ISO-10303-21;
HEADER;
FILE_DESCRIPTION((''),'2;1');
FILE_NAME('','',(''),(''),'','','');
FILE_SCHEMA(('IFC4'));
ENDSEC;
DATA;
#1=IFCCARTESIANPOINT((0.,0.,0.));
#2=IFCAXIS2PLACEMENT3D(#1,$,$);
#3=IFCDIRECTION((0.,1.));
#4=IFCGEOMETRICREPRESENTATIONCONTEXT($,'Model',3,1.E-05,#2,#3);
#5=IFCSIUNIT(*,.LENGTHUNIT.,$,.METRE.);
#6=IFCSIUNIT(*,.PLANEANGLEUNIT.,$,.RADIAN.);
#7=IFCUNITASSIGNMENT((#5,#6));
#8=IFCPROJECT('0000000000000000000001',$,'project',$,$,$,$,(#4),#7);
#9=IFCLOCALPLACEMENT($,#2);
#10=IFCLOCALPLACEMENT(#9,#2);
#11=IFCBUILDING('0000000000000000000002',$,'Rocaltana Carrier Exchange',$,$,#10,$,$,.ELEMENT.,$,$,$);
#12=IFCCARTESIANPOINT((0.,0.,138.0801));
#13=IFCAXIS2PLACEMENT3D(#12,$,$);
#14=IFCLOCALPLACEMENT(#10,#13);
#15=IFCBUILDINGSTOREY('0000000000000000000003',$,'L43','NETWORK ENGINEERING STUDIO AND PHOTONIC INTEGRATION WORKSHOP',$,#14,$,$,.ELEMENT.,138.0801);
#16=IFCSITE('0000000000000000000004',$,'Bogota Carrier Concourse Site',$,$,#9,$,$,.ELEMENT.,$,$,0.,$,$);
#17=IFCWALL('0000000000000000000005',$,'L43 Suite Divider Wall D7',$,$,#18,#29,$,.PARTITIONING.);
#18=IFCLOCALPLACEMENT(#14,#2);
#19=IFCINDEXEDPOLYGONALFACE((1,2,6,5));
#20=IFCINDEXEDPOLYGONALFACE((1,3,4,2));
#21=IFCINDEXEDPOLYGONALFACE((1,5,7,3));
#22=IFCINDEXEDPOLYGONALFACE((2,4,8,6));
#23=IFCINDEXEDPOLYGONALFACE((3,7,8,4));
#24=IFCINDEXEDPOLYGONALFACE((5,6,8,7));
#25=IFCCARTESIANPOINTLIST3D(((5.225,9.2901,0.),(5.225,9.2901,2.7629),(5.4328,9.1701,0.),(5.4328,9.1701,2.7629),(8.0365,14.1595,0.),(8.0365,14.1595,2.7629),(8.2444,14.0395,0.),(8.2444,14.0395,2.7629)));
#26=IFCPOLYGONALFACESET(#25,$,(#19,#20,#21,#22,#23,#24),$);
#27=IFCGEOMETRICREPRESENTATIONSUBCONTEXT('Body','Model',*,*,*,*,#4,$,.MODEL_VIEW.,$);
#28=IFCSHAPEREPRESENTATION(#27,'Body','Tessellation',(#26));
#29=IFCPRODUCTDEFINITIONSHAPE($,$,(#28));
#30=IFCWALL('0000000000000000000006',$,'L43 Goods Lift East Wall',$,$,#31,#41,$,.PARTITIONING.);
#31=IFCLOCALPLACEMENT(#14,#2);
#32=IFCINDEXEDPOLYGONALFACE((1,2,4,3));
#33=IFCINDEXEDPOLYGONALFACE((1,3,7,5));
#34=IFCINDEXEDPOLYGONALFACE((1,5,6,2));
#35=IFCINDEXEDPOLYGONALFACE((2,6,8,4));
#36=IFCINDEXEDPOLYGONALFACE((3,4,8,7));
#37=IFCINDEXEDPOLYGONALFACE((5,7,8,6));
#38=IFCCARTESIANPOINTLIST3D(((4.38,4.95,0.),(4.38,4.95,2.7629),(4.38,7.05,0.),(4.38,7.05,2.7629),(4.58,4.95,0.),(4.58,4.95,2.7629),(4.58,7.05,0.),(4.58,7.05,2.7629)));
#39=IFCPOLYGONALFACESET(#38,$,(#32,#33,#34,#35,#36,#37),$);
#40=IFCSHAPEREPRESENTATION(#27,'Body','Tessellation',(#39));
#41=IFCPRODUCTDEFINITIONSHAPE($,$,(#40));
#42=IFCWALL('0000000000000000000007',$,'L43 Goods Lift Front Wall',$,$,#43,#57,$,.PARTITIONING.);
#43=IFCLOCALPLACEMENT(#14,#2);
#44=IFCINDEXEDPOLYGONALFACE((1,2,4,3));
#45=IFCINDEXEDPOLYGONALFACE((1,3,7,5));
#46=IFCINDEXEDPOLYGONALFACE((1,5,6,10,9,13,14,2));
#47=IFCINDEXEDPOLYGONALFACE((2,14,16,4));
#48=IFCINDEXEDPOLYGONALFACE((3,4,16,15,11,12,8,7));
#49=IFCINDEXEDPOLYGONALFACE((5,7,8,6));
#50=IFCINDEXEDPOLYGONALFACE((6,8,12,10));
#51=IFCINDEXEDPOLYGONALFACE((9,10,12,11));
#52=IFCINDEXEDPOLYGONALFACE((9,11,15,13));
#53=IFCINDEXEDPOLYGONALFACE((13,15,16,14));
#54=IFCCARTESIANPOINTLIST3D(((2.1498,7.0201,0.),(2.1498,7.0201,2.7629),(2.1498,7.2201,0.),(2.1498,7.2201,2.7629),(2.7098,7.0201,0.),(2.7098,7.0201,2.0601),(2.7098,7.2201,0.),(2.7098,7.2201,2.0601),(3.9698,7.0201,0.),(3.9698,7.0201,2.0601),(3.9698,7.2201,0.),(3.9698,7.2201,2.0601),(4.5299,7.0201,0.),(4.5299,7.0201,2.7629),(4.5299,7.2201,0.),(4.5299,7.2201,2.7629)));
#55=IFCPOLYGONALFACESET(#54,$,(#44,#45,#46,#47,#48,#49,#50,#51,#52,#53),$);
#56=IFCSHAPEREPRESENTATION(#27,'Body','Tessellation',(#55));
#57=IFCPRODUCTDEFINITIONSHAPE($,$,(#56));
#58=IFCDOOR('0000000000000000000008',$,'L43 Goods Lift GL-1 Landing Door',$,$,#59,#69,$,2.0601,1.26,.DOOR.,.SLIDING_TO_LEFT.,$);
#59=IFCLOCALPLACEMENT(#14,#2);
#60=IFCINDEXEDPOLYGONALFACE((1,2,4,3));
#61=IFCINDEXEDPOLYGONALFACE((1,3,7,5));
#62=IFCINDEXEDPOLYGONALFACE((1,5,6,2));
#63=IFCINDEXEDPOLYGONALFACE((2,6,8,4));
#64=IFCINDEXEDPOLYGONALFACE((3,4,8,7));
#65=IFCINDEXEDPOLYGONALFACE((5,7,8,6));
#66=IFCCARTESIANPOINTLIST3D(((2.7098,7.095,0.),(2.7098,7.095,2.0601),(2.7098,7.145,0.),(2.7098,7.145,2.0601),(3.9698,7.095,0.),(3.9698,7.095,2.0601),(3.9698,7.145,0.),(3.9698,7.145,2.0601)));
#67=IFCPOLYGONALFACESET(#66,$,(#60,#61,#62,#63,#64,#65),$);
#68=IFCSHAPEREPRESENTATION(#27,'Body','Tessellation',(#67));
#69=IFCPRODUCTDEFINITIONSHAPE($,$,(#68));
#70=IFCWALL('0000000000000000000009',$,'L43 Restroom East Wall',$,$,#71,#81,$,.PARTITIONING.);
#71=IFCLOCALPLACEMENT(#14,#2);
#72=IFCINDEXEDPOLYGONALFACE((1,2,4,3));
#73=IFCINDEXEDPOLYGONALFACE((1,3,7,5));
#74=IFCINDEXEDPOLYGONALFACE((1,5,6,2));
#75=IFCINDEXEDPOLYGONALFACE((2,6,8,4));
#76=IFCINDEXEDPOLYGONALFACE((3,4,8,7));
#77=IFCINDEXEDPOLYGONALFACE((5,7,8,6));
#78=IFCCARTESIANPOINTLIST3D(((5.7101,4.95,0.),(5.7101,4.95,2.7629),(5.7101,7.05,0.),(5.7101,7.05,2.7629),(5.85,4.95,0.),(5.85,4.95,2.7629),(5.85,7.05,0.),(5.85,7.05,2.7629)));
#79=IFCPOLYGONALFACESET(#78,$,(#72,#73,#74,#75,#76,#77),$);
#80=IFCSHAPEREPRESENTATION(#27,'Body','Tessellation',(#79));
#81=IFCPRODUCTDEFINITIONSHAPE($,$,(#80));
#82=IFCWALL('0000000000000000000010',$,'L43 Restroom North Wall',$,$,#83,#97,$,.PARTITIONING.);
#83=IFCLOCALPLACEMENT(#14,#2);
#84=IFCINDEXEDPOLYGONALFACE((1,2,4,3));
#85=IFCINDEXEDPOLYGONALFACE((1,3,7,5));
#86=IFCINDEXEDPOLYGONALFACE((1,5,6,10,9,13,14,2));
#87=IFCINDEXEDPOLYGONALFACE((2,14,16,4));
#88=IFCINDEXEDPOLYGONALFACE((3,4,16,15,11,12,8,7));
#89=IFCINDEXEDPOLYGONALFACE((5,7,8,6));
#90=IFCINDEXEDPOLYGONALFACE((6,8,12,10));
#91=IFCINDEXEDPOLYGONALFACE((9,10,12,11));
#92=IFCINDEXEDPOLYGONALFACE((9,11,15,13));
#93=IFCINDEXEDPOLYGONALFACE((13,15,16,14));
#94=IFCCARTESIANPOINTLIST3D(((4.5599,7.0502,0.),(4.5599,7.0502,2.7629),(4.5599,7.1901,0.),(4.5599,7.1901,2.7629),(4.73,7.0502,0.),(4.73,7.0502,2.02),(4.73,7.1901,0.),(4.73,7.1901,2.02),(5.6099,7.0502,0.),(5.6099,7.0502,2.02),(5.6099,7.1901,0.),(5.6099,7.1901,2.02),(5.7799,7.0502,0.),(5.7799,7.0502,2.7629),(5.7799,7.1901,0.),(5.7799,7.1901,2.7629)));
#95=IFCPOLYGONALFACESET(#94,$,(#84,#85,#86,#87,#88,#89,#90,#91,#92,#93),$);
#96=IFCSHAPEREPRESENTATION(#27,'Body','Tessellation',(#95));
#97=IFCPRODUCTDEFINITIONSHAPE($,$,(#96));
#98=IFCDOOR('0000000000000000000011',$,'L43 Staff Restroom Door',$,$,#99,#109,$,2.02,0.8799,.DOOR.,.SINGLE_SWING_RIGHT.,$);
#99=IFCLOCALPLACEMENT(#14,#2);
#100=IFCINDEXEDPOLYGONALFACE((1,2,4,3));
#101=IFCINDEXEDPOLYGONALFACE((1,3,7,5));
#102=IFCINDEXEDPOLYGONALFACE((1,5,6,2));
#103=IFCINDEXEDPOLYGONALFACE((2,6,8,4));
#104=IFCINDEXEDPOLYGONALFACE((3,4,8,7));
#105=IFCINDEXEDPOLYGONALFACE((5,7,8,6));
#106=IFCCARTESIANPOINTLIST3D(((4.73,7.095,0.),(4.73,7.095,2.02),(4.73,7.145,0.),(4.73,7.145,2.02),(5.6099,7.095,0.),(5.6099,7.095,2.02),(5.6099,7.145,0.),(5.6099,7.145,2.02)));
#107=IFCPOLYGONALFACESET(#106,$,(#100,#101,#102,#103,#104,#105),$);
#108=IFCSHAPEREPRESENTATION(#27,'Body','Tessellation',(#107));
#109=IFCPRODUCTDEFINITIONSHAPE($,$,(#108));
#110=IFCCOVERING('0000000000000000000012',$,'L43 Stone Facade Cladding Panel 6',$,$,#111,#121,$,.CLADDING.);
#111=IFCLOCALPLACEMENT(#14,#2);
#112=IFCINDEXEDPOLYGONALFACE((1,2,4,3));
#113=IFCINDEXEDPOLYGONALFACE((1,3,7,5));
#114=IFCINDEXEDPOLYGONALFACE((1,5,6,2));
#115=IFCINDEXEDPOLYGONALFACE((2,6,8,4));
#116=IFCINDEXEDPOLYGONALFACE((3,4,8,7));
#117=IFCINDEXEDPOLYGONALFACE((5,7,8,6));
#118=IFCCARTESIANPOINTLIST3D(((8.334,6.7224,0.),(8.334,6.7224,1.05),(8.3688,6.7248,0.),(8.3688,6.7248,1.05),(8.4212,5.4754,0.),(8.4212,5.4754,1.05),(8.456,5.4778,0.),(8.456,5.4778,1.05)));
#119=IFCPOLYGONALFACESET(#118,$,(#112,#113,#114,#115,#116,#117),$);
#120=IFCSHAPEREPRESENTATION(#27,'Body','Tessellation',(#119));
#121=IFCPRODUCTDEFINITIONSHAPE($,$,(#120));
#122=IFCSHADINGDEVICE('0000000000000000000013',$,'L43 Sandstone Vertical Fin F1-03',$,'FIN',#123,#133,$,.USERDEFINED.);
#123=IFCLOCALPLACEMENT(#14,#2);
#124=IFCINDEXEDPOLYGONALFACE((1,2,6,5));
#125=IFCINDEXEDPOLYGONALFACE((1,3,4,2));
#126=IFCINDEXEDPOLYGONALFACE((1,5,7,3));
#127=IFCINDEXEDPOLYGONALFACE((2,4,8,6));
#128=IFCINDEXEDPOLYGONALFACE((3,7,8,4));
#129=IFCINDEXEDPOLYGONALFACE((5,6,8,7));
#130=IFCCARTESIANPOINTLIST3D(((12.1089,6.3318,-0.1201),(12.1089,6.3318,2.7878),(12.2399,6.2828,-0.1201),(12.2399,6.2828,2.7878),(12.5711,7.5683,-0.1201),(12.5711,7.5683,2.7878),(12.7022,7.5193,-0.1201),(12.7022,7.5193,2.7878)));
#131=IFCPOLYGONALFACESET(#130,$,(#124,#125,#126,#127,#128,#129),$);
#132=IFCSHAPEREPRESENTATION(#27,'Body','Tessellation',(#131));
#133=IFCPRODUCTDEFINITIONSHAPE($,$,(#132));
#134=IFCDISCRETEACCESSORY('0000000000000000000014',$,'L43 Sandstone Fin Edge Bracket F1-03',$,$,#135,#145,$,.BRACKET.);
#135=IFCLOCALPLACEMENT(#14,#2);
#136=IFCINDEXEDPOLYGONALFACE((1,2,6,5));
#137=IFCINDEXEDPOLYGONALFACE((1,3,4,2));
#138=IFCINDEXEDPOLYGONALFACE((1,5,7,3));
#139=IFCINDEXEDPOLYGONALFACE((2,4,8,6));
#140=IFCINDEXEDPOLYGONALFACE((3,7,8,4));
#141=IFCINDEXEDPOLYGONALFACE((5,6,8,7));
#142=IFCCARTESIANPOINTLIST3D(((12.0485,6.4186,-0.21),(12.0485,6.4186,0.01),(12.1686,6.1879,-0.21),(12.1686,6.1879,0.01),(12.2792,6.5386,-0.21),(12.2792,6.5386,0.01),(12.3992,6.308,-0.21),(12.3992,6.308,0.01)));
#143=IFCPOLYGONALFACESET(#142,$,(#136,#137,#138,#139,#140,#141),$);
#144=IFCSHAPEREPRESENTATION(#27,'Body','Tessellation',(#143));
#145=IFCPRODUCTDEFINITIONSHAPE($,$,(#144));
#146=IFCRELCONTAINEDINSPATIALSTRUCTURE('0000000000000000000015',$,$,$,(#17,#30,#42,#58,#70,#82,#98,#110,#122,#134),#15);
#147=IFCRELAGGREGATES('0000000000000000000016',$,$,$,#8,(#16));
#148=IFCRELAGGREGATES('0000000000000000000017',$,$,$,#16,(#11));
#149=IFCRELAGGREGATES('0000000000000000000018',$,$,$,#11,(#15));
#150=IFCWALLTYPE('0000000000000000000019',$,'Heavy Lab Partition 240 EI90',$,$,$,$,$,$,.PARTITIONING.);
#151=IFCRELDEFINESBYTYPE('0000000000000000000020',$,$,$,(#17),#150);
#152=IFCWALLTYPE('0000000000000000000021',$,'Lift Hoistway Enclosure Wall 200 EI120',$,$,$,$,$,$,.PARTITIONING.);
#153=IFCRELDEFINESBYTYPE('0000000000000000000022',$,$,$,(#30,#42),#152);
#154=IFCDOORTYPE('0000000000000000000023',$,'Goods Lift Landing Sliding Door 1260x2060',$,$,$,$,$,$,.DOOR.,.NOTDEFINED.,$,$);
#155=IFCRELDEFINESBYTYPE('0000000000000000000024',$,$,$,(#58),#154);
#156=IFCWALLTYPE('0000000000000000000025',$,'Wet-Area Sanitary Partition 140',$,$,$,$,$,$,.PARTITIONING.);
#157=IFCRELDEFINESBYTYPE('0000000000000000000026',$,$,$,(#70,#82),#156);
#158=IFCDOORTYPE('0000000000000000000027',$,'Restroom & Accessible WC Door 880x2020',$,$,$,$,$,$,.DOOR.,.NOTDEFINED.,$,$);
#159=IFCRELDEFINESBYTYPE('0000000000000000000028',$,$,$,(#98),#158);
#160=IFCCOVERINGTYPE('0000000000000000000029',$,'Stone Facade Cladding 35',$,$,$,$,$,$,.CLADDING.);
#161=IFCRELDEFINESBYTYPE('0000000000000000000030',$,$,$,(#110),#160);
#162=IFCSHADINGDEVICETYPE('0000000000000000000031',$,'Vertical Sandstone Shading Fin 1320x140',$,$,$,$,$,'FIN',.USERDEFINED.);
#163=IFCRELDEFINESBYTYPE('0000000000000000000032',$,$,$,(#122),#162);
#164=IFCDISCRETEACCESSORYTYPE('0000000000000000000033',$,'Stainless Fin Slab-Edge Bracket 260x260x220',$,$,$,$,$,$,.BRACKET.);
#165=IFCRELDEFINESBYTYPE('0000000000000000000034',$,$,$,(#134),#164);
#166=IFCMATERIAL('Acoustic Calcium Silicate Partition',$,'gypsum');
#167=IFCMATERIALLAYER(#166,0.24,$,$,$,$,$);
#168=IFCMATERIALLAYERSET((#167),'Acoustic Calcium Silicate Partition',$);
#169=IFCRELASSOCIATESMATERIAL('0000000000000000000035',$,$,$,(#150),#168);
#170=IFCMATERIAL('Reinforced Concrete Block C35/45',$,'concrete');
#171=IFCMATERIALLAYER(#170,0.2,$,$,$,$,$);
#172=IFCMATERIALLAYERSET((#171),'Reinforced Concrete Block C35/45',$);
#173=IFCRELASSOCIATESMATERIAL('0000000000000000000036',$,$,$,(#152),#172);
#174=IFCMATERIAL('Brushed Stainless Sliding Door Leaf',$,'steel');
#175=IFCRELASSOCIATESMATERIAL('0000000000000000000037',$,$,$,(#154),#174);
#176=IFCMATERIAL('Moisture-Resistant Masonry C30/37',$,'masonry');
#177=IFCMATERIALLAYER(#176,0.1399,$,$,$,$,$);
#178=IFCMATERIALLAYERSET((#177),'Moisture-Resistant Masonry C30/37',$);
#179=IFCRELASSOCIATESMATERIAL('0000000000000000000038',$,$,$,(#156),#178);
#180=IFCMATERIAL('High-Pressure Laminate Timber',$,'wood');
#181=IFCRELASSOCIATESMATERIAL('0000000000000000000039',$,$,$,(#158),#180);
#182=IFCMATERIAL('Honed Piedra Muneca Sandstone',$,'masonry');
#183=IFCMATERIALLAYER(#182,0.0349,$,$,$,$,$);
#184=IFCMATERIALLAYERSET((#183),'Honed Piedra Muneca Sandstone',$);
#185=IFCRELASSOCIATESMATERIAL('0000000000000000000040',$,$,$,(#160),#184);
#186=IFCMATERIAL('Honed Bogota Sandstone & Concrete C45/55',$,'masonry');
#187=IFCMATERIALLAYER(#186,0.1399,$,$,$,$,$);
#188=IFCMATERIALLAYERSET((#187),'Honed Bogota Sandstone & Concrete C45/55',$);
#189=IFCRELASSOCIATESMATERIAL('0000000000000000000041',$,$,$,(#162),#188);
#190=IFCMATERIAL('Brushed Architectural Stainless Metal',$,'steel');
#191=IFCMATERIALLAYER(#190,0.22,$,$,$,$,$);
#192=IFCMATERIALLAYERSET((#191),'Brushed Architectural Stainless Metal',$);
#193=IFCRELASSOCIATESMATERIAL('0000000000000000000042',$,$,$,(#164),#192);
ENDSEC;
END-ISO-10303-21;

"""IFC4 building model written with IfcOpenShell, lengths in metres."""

from ifc_helpers import new_model, si_unit, direction, frame, frame_2d, origin, origin_2d, place, context, subcontext, project, spatial, rectangle, extrude, material, layer, layer_set, type_object, element, fill, save


model = new_model("IFC4")

# Units and contexts
model_context = context("Model", 3, precision=1e-05, world=origin(), true_north=direction((0.0, 1.0)))
body_context = subcontext(model_context, "Body", "Model", "MODEL_VIEW")
ifc_project = project(units=[si_unit("LENGTHUNIT", "METRE"), si_unit("PLANEANGLEUNIT", "RADIAN")], contexts=[model_context])

# Site, building, storey
site_placement = place(None, origin())
site = spatial("IfcSite", under=ifc_project, at=site_placement, Name="Bogota Carrier Concourse Site", CompositionType="ELEMENT", RefElevation=0.0)
building_placement = place(site_placement, origin())
building = spatial("IfcBuilding", under=site, at=building_placement, Name="Rocaltana Carrier Exchange", CompositionType="ELEMENT")
storey_placement = place(building_placement, frame((0.0, 0.0, 138.0801)))
storey = spatial("IfcBuildingStorey", under=building, at=storey_placement, Name="L43", Description="NETWORK ENGINEERING STUDIO AND PHOTONIC INTEGRATION WORKSHOP", CompositionType="ELEMENT", Elevation=138.0801)

# Walls
ifc_material_1 = material(Name="Acoustic Calcium Silicate Partition", Category="gypsum")
ifc_layer_1 = layer(ifc_material_1, 0.24)
ifc_layer_set_1 = layer_set([ifc_layer_1], Name="Acoustic Calcium Silicate Partition")
wall_type_1 = type_object("IfcWallType", Name="Heavy Lab Partition 240 EI90", PredefinedType="PARTITIONING", material=ifc_layer_set_1)
wall_1_placement = place(storey_placement, frame((5.3289, 9.23, 0.0), z_axis=(0.0, 0.0, 1.0), x_axis=(0.500024, 0.866011, 0.0)))
element("IfcWall", 1, at=wall_1_placement, inside=storey, type_object=wall_type_1, Name="L43 Suite Divider Wall D7", PredefinedType="PARTITIONING", context=body_context, shape_type="SweptSolid", body=[
    extrude(rectangle(XDim=5.6228, YDim=0.24, at=frame_2d((2.8115, 0.0))), origin(), (0.0, 0.0, 1.0), 2.7629),
])
ifc_material_2 = material(Name="Reinforced Concrete Block C35/45", Category="concrete")
ifc_layer_2 = layer(ifc_material_2, 0.2)
ifc_layer_set_2 = layer_set([ifc_layer_2], Name="Reinforced Concrete Block C35/45")
wall_type_2 = type_object("IfcWallType", Name="Lift Hoistway Enclosure Wall 200 EI120", PredefinedType="PARTITIONING", material=ifc_layer_set_2)
wall_2_placement = place(storey_placement, frame((4.48, 4.95, 0.0), z_axis=(0.0, 0.0, 1.0), x_axis=(0.0, 1.0, 0.0)))
element("IfcWall", 2, at=wall_2_placement, inside=storey, type_object=wall_type_2, Name="L43 Goods Lift East Wall", PredefinedType="PARTITIONING", context=body_context, shape_type="SweptSolid", body=[
    extrude(rectangle(XDim=2.1001, YDim=0.2, at=frame_2d((1.05, 0.0))), origin(), (0.0, 0.0, 1.0), 2.7629),
])

# Wall, opening, door
wall_3_placement = place(storey_placement, frame((2.1499, 7.1201, 0.0), z_axis=(0.0, 0.0, 1.0), x_axis=(1.0, 0.0, 0.0)))
wall_3 = element("IfcWall", 3, at=wall_3_placement, inside=storey, type_object=wall_type_2, Name="L43 Goods Lift Front Wall", PredefinedType="PARTITIONING", context=body_context, shape_type="SweptSolid", body=[
    extrude(rectangle(XDim=2.3801, YDim=0.2, at=frame_2d((1.1899, 0.0))), origin(), (0.0, 0.0, 1.0), 2.7629),
])
opening_1_placement = place(wall_3_placement, frame((0.5601, 0.0, 0.0)))
opening_1 = element("IfcOpeningElement", 4, at=opening_1_placement, cuts=wall_3, PredefinedType="OPENING", context=body_context, shape_type="SweptSolid", body=[
    extrude(rectangle(XDim=1.26, YDim=2.0601, at=frame_2d((0.6299, 1.03))), frame((0.0, 0.1099, 0.0), z_axis=(0.0, -1.0, 0.0), x_axis=(1.0, 0.0, 0.0)), (0.0, 0.0, 1.0), 0.22),
])
ifc_material_3 = material(Name="Brushed Stainless Sliding Door Leaf", Category="steel")
door_type_1 = type_object("IfcDoorType", Name="Goods Lift Landing Sliding Door 1260x2060", OperationType="NOTDEFINED", PredefinedType="DOOR", material=ifc_material_3)
door_1_placement = place(opening_1_placement, origin())
door_1 = element("IfcDoor", 5, at=door_1_placement, inside=storey, type_object=door_type_1, Name="L43 Goods Lift GL-1 Landing Door", OperationType="SLIDING_TO_LEFT", OverallHeight=2.0601, OverallWidth=1.26, PredefinedType="DOOR", context=body_context, shape_type="SweptSolid", body=[
    extrude(rectangle(XDim=1.26, YDim=2.0601, at=frame_2d((0.6299, 1.03))), frame((0.0, 0.0249, 0.0), z_axis=(0.0, -1.0, 0.0), x_axis=(1.0, 0.0, 0.0)), (0.0, 0.0, 1.0), 0.05),
])
fill(opening_1, door_1)

# Wall
ifc_material_4 = material(Name="Moisture-Resistant Masonry C30/37", Category="masonry")
ifc_layer_3 = layer(ifc_material_4, 0.1399)
ifc_layer_set_3 = layer_set([ifc_layer_3], Name="Moisture-Resistant Masonry C30/37")
wall_type_3 = type_object("IfcWallType", Name="Wet-Area Sanitary Partition 140", PredefinedType="PARTITIONING", material=ifc_layer_set_3)
wall_4_placement = place(storey_placement, frame((5.78, 4.95, 0.0), z_axis=(0.0, 0.0, 1.0), x_axis=(0.0, 1.0, 0.0)))
element("IfcWall", 6, at=wall_4_placement, inside=storey, type_object=wall_type_3, Name="L43 Restroom East Wall", PredefinedType="PARTITIONING", context=body_context, shape_type="SweptSolid", body=[
    extrude(rectangle(XDim=2.1001, YDim=0.1399, at=frame_2d((1.05, 0.0))), origin(), (0.0, 0.0, 1.0), 2.7629),
])

# Wall, opening, door
wall_5_placement = place(storey_placement, frame((4.5601, 7.1201, 0.0), z_axis=(0.0, 0.0, 1.0), x_axis=(1.0, 0.0, 0.0)))
wall_5 = element("IfcWall", 7, at=wall_5_placement, inside=storey, type_object=wall_type_3, Name="L43 Restroom North Wall", PredefinedType="PARTITIONING", context=body_context, shape_type="SweptSolid", body=[
    extrude(rectangle(XDim=1.22, YDim=0.1399, at=frame_2d((0.6099, 0.0))), origin(), (0.0, 0.0, 1.0), 2.7629),
])
opening_2_placement = place(wall_5_placement, frame((0.1699, 0.0, 0.0)))
opening_2 = element("IfcOpeningElement", 8, at=opening_2_placement, cuts=wall_5, PredefinedType="OPENING", context=body_context, shape_type="SweptSolid", body=[
    extrude(rectangle(XDim=0.8799, YDim=2.02, at=frame_2d((0.4399, 1.01))), frame((0.0, 0.0798, 0.0), z_axis=(0.0, -1.0, 0.0), x_axis=(1.0, 0.0, 0.0)), (0.0, 0.0, 1.0), 0.1599),
])
ifc_material_5 = material(Name="High-Pressure Laminate Timber", Category="wood")
door_type_2 = type_object("IfcDoorType", Name="Restroom & Accessible WC Door 880x2020", OperationType="NOTDEFINED", PredefinedType="DOOR", material=ifc_material_5)
door_2_placement = place(opening_2_placement, origin())
door_2 = element("IfcDoor", 9, at=door_2_placement, inside=storey, type_object=door_type_2, Name="L43 Staff Restroom Door", OperationType="SINGLE_SWING_RIGHT", OverallHeight=2.02, OverallWidth=0.8799, PredefinedType="DOOR", context=body_context, shape_type="SweptSolid", body=[
    extrude(rectangle(XDim=0.8799, YDim=2.02, at=frame_2d((0.4399, 1.01))), frame((0.0, 0.0249, 0.0), z_axis=(0.0, -1.0, 0.0), x_axis=(1.0, 0.0, 0.0)), (0.0, 0.0, 1.0), 0.05),
])
fill(opening_2, door_2)

# Covering
ifc_material_6 = material(Name="Honed Piedra Muneca Sandstone", Category="masonry")
ifc_layer_4 = layer(ifc_material_6, 0.0349)
ifc_layer_set_4 = layer_set([ifc_layer_4], Name="Honed Piedra Muneca Sandstone")
covering_type = type_object("IfcCoveringType", Name="Stone Facade Cladding 35", PredefinedType="CLADDING", material=ifc_layer_set_4)
covering_placement = place(storey_placement, frame((8.395, 6.1001, 0.0), z_axis=(0.0, 0.0, 1.0), x_axis=(-0.069756, 0.997564, 0.0)))
element("IfcCovering", 10, at=covering_placement, inside=storey, type_object=covering_type, Name="L43 Stone Facade Cladding Panel 6", PredefinedType="CLADDING", context=body_context, shape_type="SweptSolid", body=[
    extrude(rectangle(XDim=1.25, YDim=0.0349, at=origin_2d()), origin(), (0.0, 0.0, 1.0), 1.05),
])

# Shading device
ifc_material_7 = material(Name="Honed Bogota Sandstone & Concrete C45/55", Category="masonry")
ifc_layer_5 = layer(ifc_material_7, 0.1399)
ifc_layer_set_5 = layer_set([ifc_layer_5], Name="Honed Bogota Sandstone & Concrete C45/55")
shading_device_type = type_object("IfcShadingDeviceType", Name="Vertical Sandstone Shading Fin 1320x140", ElementType="FIN", PredefinedType="USERDEFINED", material=ifc_layer_set_5)
shading_device_placement = place(storey_placement, frame((12.4055, 6.9255, -0.1201), z_axis=(0.0, 0.0, 1.0), x_axis=(0.350207, 0.936672, 0.0)))
element("IfcShadingDevice", 11, at=shading_device_placement, inside=storey, type_object=shading_device_type, Name="L43 Sandstone Vertical Fin F1-03", ObjectType="FIN", PredefinedType="USERDEFINED", context=body_context, shape_type="SweptSolid", body=[
    extrude(rectangle(XDim=1.3201, YDim=0.1399, at=origin_2d()), origin(), (0.0, 0.0, 1.0), 2.908),
])

# Discrete accessory
ifc_material_8 = material(Name="Brushed Architectural Stainless Metal", Category="steel")
ifc_layer_6 = layer(ifc_material_8, 0.22)
ifc_layer_set_6 = layer_set([ifc_layer_6], Name="Brushed Architectural Stainless Metal")
discrete_accessory_type = type_object("IfcDiscreteAccessoryType", Name="Stainless Fin Slab-Edge Bracket 260x260x220", PredefinedType="BRACKET", material=ifc_layer_set_6)
discrete_accessory_placement = place(storey_placement, frame((12.2239, 6.3633, -0.21), z_axis=(0.0, 0.0, 1.0), x_axis=(-0.461749, 0.887011, 0.0)))
element("IfcDiscreteAccessory", 12, at=discrete_accessory_placement, inside=storey, type_object=discrete_accessory_type, Name="L43 Sandstone Fin Edge Bracket F1-03", PredefinedType="BRACKET", context=body_context, shape_type="SweptSolid", body=[
    extrude(rectangle(XDim=0.26, YDim=0.26, at=origin_2d()), origin(), (0.0, 0.0, 1.0), 0.22),
])

save(model, "model.ifc")
